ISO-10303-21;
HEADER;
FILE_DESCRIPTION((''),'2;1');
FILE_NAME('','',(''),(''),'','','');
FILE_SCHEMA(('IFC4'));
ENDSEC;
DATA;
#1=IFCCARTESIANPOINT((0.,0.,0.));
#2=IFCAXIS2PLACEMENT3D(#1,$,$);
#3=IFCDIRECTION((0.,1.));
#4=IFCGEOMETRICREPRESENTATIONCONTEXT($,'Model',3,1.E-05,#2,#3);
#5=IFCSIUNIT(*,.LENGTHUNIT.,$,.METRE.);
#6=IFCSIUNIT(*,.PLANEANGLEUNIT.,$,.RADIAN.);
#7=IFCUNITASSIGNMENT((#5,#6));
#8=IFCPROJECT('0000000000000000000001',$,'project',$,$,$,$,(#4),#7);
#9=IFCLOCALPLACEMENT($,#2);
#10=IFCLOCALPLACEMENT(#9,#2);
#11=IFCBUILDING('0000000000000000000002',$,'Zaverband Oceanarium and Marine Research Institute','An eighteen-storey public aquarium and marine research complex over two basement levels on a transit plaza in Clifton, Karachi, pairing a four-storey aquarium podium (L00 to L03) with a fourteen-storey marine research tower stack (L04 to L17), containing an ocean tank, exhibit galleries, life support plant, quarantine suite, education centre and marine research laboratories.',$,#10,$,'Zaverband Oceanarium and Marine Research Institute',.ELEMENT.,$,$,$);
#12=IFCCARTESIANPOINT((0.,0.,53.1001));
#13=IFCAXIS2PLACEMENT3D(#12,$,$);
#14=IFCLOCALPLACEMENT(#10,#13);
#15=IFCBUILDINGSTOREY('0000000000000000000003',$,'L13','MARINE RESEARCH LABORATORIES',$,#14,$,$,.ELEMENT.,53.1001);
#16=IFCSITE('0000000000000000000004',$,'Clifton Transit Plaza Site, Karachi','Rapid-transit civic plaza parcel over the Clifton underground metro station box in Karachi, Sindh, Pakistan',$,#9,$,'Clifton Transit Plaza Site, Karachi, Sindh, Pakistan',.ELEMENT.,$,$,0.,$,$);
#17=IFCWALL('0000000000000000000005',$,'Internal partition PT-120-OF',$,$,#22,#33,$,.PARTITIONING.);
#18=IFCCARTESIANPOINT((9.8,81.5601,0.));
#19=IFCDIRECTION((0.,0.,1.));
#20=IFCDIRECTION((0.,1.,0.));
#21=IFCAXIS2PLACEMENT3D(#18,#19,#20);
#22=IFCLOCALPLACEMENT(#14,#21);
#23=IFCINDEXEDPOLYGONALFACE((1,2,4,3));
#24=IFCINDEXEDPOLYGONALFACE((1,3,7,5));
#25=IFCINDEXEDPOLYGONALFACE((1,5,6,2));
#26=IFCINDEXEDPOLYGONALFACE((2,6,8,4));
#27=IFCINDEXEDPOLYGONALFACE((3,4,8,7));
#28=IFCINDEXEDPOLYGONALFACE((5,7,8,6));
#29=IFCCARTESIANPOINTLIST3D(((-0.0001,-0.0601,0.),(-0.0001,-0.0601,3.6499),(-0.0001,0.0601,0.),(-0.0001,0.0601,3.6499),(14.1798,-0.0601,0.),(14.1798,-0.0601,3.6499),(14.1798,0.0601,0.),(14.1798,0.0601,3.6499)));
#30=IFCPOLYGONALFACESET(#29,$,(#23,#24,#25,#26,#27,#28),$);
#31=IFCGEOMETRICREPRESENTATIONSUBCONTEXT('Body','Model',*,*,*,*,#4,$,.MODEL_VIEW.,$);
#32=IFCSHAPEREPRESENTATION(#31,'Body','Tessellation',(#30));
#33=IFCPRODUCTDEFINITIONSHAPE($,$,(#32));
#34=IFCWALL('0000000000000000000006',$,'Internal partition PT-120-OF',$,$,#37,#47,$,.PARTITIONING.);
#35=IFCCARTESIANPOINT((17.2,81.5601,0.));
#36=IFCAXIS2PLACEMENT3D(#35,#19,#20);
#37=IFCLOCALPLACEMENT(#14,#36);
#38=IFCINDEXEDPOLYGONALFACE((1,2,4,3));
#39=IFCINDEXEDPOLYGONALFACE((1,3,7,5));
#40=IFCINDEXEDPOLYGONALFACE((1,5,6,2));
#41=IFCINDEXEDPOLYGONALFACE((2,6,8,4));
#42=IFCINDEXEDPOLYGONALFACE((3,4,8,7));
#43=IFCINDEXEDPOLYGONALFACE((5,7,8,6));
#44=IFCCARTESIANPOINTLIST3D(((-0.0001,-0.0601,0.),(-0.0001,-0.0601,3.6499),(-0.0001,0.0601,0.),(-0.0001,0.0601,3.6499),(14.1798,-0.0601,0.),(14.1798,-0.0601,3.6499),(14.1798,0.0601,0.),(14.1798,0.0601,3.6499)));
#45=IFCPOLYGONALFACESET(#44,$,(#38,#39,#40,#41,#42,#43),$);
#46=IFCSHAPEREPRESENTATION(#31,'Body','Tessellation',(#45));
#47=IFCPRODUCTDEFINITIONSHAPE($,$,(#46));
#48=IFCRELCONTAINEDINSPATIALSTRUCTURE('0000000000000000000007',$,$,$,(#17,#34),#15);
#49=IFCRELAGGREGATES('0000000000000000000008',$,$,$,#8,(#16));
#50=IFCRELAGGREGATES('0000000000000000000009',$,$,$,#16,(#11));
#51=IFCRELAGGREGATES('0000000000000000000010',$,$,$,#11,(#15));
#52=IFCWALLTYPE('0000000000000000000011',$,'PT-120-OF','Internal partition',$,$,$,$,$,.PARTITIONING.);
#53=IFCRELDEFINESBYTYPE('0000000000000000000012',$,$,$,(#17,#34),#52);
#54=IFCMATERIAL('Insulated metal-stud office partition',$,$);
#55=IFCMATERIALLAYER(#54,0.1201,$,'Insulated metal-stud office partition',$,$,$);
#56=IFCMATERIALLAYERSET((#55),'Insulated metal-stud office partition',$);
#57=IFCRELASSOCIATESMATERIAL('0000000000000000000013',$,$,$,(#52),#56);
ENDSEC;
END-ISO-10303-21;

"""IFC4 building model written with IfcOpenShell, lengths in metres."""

from ifc_helpers import new_model, si_unit, direction, frame, frame_2d, origin, place, context, subcontext, project, spatial, rectangle, extrude, material, layer, layer_set, type_object, element, save


model = new_model("IFC4")

# Units and contexts
model_context = context("Model", 3, precision=1e-05, world=origin(), true_north=direction((0.0, 1.0)))
body_context = subcontext(model_context, "Body", "Model", "MODEL_VIEW")
ifc_project = project(units=[si_unit("LENGTHUNIT", "METRE"), si_unit("PLANEANGLEUNIT", "RADIAN")], contexts=[model_context])

# Site, building, storey
site_placement = place(None, origin())
site = spatial("IfcSite", under=ifc_project, at=site_placement, Name="Clifton Transit Plaza Site, Karachi", Description="Rapid-transit civic plaza parcel over the Clifton underground metro station box in Karachi, Sindh, Pakistan", LongName="Clifton Transit Plaza Site, Karachi, Sindh, Pakistan", CompositionType="ELEMENT", RefElevation=0.0)
building_placement = place(site_placement, origin())
building = spatial("IfcBuilding", under=site, at=building_placement, Name="Zaverband Oceanarium and Marine Research Institute", Description="An eighteen-storey public aquarium and marine research complex over two basement levels on a transit plaza in Clifton, Karachi, pairing a four-storey aquarium podium (L00 to L03) with a fourteen-storey marine research tower stack (L04 to L17), containing an ocean tank, exhibit galleries, life support plant, quarantine suite, education centre and marine research laboratories.", LongName="Zaverband Oceanarium and Marine Research Institute", CompositionType="ELEMENT")
storey_placement = place(building_placement, frame((0.0, 0.0, 53.1001)))
storey = spatial("IfcBuildingStorey", under=building, at=storey_placement, Name="L13", Description="MARINE RESEARCH LABORATORIES", CompositionType="ELEMENT", Elevation=53.1001)

# Walls
ifc_material_1 = material(Name="Insulated metal-stud office partition")
ifc_layer_1 = layer(ifc_material_1, 0.1201, Name="Insulated metal-stud office partition")
ifc_layer_set_1 = layer_set([ifc_layer_1], Name="Insulated metal-stud office partition")
wall_type_1 = type_object("IfcWallType", Name="PT-120-OF", Description="Internal partition", PredefinedType="PARTITIONING", material=ifc_layer_set_1)
for number, where, z_axis, x_axis, name in (
    (1, (9.8, 81.5601, 0.0), (0.0, 0.0, 1.0), (0.0, 1.0, 0.0), "Internal partition PT-120-OF"),
    (2, (17.2, 81.5601, 0.0), (0.0, 0.0, 1.0), (0.0, 1.0, 0.0), "Internal partition PT-120-OF"),
):
    element("IfcWall", number, at=place(storey_placement, frame(where, z_axis=z_axis, x_axis=x_axis)), inside=storey, type_object=wall_type_1, Name=name, PredefinedType="PARTITIONING", context=body_context, shape_type="SweptSolid", body=[
        extrude(rectangle(XDim=14.1799, YDim=0.1201, at=frame_2d((7.0898, 0.0))), origin(), (0.0, 0.0, 1.0), 3.6499),
    ])

save(model, "model.ifc")
